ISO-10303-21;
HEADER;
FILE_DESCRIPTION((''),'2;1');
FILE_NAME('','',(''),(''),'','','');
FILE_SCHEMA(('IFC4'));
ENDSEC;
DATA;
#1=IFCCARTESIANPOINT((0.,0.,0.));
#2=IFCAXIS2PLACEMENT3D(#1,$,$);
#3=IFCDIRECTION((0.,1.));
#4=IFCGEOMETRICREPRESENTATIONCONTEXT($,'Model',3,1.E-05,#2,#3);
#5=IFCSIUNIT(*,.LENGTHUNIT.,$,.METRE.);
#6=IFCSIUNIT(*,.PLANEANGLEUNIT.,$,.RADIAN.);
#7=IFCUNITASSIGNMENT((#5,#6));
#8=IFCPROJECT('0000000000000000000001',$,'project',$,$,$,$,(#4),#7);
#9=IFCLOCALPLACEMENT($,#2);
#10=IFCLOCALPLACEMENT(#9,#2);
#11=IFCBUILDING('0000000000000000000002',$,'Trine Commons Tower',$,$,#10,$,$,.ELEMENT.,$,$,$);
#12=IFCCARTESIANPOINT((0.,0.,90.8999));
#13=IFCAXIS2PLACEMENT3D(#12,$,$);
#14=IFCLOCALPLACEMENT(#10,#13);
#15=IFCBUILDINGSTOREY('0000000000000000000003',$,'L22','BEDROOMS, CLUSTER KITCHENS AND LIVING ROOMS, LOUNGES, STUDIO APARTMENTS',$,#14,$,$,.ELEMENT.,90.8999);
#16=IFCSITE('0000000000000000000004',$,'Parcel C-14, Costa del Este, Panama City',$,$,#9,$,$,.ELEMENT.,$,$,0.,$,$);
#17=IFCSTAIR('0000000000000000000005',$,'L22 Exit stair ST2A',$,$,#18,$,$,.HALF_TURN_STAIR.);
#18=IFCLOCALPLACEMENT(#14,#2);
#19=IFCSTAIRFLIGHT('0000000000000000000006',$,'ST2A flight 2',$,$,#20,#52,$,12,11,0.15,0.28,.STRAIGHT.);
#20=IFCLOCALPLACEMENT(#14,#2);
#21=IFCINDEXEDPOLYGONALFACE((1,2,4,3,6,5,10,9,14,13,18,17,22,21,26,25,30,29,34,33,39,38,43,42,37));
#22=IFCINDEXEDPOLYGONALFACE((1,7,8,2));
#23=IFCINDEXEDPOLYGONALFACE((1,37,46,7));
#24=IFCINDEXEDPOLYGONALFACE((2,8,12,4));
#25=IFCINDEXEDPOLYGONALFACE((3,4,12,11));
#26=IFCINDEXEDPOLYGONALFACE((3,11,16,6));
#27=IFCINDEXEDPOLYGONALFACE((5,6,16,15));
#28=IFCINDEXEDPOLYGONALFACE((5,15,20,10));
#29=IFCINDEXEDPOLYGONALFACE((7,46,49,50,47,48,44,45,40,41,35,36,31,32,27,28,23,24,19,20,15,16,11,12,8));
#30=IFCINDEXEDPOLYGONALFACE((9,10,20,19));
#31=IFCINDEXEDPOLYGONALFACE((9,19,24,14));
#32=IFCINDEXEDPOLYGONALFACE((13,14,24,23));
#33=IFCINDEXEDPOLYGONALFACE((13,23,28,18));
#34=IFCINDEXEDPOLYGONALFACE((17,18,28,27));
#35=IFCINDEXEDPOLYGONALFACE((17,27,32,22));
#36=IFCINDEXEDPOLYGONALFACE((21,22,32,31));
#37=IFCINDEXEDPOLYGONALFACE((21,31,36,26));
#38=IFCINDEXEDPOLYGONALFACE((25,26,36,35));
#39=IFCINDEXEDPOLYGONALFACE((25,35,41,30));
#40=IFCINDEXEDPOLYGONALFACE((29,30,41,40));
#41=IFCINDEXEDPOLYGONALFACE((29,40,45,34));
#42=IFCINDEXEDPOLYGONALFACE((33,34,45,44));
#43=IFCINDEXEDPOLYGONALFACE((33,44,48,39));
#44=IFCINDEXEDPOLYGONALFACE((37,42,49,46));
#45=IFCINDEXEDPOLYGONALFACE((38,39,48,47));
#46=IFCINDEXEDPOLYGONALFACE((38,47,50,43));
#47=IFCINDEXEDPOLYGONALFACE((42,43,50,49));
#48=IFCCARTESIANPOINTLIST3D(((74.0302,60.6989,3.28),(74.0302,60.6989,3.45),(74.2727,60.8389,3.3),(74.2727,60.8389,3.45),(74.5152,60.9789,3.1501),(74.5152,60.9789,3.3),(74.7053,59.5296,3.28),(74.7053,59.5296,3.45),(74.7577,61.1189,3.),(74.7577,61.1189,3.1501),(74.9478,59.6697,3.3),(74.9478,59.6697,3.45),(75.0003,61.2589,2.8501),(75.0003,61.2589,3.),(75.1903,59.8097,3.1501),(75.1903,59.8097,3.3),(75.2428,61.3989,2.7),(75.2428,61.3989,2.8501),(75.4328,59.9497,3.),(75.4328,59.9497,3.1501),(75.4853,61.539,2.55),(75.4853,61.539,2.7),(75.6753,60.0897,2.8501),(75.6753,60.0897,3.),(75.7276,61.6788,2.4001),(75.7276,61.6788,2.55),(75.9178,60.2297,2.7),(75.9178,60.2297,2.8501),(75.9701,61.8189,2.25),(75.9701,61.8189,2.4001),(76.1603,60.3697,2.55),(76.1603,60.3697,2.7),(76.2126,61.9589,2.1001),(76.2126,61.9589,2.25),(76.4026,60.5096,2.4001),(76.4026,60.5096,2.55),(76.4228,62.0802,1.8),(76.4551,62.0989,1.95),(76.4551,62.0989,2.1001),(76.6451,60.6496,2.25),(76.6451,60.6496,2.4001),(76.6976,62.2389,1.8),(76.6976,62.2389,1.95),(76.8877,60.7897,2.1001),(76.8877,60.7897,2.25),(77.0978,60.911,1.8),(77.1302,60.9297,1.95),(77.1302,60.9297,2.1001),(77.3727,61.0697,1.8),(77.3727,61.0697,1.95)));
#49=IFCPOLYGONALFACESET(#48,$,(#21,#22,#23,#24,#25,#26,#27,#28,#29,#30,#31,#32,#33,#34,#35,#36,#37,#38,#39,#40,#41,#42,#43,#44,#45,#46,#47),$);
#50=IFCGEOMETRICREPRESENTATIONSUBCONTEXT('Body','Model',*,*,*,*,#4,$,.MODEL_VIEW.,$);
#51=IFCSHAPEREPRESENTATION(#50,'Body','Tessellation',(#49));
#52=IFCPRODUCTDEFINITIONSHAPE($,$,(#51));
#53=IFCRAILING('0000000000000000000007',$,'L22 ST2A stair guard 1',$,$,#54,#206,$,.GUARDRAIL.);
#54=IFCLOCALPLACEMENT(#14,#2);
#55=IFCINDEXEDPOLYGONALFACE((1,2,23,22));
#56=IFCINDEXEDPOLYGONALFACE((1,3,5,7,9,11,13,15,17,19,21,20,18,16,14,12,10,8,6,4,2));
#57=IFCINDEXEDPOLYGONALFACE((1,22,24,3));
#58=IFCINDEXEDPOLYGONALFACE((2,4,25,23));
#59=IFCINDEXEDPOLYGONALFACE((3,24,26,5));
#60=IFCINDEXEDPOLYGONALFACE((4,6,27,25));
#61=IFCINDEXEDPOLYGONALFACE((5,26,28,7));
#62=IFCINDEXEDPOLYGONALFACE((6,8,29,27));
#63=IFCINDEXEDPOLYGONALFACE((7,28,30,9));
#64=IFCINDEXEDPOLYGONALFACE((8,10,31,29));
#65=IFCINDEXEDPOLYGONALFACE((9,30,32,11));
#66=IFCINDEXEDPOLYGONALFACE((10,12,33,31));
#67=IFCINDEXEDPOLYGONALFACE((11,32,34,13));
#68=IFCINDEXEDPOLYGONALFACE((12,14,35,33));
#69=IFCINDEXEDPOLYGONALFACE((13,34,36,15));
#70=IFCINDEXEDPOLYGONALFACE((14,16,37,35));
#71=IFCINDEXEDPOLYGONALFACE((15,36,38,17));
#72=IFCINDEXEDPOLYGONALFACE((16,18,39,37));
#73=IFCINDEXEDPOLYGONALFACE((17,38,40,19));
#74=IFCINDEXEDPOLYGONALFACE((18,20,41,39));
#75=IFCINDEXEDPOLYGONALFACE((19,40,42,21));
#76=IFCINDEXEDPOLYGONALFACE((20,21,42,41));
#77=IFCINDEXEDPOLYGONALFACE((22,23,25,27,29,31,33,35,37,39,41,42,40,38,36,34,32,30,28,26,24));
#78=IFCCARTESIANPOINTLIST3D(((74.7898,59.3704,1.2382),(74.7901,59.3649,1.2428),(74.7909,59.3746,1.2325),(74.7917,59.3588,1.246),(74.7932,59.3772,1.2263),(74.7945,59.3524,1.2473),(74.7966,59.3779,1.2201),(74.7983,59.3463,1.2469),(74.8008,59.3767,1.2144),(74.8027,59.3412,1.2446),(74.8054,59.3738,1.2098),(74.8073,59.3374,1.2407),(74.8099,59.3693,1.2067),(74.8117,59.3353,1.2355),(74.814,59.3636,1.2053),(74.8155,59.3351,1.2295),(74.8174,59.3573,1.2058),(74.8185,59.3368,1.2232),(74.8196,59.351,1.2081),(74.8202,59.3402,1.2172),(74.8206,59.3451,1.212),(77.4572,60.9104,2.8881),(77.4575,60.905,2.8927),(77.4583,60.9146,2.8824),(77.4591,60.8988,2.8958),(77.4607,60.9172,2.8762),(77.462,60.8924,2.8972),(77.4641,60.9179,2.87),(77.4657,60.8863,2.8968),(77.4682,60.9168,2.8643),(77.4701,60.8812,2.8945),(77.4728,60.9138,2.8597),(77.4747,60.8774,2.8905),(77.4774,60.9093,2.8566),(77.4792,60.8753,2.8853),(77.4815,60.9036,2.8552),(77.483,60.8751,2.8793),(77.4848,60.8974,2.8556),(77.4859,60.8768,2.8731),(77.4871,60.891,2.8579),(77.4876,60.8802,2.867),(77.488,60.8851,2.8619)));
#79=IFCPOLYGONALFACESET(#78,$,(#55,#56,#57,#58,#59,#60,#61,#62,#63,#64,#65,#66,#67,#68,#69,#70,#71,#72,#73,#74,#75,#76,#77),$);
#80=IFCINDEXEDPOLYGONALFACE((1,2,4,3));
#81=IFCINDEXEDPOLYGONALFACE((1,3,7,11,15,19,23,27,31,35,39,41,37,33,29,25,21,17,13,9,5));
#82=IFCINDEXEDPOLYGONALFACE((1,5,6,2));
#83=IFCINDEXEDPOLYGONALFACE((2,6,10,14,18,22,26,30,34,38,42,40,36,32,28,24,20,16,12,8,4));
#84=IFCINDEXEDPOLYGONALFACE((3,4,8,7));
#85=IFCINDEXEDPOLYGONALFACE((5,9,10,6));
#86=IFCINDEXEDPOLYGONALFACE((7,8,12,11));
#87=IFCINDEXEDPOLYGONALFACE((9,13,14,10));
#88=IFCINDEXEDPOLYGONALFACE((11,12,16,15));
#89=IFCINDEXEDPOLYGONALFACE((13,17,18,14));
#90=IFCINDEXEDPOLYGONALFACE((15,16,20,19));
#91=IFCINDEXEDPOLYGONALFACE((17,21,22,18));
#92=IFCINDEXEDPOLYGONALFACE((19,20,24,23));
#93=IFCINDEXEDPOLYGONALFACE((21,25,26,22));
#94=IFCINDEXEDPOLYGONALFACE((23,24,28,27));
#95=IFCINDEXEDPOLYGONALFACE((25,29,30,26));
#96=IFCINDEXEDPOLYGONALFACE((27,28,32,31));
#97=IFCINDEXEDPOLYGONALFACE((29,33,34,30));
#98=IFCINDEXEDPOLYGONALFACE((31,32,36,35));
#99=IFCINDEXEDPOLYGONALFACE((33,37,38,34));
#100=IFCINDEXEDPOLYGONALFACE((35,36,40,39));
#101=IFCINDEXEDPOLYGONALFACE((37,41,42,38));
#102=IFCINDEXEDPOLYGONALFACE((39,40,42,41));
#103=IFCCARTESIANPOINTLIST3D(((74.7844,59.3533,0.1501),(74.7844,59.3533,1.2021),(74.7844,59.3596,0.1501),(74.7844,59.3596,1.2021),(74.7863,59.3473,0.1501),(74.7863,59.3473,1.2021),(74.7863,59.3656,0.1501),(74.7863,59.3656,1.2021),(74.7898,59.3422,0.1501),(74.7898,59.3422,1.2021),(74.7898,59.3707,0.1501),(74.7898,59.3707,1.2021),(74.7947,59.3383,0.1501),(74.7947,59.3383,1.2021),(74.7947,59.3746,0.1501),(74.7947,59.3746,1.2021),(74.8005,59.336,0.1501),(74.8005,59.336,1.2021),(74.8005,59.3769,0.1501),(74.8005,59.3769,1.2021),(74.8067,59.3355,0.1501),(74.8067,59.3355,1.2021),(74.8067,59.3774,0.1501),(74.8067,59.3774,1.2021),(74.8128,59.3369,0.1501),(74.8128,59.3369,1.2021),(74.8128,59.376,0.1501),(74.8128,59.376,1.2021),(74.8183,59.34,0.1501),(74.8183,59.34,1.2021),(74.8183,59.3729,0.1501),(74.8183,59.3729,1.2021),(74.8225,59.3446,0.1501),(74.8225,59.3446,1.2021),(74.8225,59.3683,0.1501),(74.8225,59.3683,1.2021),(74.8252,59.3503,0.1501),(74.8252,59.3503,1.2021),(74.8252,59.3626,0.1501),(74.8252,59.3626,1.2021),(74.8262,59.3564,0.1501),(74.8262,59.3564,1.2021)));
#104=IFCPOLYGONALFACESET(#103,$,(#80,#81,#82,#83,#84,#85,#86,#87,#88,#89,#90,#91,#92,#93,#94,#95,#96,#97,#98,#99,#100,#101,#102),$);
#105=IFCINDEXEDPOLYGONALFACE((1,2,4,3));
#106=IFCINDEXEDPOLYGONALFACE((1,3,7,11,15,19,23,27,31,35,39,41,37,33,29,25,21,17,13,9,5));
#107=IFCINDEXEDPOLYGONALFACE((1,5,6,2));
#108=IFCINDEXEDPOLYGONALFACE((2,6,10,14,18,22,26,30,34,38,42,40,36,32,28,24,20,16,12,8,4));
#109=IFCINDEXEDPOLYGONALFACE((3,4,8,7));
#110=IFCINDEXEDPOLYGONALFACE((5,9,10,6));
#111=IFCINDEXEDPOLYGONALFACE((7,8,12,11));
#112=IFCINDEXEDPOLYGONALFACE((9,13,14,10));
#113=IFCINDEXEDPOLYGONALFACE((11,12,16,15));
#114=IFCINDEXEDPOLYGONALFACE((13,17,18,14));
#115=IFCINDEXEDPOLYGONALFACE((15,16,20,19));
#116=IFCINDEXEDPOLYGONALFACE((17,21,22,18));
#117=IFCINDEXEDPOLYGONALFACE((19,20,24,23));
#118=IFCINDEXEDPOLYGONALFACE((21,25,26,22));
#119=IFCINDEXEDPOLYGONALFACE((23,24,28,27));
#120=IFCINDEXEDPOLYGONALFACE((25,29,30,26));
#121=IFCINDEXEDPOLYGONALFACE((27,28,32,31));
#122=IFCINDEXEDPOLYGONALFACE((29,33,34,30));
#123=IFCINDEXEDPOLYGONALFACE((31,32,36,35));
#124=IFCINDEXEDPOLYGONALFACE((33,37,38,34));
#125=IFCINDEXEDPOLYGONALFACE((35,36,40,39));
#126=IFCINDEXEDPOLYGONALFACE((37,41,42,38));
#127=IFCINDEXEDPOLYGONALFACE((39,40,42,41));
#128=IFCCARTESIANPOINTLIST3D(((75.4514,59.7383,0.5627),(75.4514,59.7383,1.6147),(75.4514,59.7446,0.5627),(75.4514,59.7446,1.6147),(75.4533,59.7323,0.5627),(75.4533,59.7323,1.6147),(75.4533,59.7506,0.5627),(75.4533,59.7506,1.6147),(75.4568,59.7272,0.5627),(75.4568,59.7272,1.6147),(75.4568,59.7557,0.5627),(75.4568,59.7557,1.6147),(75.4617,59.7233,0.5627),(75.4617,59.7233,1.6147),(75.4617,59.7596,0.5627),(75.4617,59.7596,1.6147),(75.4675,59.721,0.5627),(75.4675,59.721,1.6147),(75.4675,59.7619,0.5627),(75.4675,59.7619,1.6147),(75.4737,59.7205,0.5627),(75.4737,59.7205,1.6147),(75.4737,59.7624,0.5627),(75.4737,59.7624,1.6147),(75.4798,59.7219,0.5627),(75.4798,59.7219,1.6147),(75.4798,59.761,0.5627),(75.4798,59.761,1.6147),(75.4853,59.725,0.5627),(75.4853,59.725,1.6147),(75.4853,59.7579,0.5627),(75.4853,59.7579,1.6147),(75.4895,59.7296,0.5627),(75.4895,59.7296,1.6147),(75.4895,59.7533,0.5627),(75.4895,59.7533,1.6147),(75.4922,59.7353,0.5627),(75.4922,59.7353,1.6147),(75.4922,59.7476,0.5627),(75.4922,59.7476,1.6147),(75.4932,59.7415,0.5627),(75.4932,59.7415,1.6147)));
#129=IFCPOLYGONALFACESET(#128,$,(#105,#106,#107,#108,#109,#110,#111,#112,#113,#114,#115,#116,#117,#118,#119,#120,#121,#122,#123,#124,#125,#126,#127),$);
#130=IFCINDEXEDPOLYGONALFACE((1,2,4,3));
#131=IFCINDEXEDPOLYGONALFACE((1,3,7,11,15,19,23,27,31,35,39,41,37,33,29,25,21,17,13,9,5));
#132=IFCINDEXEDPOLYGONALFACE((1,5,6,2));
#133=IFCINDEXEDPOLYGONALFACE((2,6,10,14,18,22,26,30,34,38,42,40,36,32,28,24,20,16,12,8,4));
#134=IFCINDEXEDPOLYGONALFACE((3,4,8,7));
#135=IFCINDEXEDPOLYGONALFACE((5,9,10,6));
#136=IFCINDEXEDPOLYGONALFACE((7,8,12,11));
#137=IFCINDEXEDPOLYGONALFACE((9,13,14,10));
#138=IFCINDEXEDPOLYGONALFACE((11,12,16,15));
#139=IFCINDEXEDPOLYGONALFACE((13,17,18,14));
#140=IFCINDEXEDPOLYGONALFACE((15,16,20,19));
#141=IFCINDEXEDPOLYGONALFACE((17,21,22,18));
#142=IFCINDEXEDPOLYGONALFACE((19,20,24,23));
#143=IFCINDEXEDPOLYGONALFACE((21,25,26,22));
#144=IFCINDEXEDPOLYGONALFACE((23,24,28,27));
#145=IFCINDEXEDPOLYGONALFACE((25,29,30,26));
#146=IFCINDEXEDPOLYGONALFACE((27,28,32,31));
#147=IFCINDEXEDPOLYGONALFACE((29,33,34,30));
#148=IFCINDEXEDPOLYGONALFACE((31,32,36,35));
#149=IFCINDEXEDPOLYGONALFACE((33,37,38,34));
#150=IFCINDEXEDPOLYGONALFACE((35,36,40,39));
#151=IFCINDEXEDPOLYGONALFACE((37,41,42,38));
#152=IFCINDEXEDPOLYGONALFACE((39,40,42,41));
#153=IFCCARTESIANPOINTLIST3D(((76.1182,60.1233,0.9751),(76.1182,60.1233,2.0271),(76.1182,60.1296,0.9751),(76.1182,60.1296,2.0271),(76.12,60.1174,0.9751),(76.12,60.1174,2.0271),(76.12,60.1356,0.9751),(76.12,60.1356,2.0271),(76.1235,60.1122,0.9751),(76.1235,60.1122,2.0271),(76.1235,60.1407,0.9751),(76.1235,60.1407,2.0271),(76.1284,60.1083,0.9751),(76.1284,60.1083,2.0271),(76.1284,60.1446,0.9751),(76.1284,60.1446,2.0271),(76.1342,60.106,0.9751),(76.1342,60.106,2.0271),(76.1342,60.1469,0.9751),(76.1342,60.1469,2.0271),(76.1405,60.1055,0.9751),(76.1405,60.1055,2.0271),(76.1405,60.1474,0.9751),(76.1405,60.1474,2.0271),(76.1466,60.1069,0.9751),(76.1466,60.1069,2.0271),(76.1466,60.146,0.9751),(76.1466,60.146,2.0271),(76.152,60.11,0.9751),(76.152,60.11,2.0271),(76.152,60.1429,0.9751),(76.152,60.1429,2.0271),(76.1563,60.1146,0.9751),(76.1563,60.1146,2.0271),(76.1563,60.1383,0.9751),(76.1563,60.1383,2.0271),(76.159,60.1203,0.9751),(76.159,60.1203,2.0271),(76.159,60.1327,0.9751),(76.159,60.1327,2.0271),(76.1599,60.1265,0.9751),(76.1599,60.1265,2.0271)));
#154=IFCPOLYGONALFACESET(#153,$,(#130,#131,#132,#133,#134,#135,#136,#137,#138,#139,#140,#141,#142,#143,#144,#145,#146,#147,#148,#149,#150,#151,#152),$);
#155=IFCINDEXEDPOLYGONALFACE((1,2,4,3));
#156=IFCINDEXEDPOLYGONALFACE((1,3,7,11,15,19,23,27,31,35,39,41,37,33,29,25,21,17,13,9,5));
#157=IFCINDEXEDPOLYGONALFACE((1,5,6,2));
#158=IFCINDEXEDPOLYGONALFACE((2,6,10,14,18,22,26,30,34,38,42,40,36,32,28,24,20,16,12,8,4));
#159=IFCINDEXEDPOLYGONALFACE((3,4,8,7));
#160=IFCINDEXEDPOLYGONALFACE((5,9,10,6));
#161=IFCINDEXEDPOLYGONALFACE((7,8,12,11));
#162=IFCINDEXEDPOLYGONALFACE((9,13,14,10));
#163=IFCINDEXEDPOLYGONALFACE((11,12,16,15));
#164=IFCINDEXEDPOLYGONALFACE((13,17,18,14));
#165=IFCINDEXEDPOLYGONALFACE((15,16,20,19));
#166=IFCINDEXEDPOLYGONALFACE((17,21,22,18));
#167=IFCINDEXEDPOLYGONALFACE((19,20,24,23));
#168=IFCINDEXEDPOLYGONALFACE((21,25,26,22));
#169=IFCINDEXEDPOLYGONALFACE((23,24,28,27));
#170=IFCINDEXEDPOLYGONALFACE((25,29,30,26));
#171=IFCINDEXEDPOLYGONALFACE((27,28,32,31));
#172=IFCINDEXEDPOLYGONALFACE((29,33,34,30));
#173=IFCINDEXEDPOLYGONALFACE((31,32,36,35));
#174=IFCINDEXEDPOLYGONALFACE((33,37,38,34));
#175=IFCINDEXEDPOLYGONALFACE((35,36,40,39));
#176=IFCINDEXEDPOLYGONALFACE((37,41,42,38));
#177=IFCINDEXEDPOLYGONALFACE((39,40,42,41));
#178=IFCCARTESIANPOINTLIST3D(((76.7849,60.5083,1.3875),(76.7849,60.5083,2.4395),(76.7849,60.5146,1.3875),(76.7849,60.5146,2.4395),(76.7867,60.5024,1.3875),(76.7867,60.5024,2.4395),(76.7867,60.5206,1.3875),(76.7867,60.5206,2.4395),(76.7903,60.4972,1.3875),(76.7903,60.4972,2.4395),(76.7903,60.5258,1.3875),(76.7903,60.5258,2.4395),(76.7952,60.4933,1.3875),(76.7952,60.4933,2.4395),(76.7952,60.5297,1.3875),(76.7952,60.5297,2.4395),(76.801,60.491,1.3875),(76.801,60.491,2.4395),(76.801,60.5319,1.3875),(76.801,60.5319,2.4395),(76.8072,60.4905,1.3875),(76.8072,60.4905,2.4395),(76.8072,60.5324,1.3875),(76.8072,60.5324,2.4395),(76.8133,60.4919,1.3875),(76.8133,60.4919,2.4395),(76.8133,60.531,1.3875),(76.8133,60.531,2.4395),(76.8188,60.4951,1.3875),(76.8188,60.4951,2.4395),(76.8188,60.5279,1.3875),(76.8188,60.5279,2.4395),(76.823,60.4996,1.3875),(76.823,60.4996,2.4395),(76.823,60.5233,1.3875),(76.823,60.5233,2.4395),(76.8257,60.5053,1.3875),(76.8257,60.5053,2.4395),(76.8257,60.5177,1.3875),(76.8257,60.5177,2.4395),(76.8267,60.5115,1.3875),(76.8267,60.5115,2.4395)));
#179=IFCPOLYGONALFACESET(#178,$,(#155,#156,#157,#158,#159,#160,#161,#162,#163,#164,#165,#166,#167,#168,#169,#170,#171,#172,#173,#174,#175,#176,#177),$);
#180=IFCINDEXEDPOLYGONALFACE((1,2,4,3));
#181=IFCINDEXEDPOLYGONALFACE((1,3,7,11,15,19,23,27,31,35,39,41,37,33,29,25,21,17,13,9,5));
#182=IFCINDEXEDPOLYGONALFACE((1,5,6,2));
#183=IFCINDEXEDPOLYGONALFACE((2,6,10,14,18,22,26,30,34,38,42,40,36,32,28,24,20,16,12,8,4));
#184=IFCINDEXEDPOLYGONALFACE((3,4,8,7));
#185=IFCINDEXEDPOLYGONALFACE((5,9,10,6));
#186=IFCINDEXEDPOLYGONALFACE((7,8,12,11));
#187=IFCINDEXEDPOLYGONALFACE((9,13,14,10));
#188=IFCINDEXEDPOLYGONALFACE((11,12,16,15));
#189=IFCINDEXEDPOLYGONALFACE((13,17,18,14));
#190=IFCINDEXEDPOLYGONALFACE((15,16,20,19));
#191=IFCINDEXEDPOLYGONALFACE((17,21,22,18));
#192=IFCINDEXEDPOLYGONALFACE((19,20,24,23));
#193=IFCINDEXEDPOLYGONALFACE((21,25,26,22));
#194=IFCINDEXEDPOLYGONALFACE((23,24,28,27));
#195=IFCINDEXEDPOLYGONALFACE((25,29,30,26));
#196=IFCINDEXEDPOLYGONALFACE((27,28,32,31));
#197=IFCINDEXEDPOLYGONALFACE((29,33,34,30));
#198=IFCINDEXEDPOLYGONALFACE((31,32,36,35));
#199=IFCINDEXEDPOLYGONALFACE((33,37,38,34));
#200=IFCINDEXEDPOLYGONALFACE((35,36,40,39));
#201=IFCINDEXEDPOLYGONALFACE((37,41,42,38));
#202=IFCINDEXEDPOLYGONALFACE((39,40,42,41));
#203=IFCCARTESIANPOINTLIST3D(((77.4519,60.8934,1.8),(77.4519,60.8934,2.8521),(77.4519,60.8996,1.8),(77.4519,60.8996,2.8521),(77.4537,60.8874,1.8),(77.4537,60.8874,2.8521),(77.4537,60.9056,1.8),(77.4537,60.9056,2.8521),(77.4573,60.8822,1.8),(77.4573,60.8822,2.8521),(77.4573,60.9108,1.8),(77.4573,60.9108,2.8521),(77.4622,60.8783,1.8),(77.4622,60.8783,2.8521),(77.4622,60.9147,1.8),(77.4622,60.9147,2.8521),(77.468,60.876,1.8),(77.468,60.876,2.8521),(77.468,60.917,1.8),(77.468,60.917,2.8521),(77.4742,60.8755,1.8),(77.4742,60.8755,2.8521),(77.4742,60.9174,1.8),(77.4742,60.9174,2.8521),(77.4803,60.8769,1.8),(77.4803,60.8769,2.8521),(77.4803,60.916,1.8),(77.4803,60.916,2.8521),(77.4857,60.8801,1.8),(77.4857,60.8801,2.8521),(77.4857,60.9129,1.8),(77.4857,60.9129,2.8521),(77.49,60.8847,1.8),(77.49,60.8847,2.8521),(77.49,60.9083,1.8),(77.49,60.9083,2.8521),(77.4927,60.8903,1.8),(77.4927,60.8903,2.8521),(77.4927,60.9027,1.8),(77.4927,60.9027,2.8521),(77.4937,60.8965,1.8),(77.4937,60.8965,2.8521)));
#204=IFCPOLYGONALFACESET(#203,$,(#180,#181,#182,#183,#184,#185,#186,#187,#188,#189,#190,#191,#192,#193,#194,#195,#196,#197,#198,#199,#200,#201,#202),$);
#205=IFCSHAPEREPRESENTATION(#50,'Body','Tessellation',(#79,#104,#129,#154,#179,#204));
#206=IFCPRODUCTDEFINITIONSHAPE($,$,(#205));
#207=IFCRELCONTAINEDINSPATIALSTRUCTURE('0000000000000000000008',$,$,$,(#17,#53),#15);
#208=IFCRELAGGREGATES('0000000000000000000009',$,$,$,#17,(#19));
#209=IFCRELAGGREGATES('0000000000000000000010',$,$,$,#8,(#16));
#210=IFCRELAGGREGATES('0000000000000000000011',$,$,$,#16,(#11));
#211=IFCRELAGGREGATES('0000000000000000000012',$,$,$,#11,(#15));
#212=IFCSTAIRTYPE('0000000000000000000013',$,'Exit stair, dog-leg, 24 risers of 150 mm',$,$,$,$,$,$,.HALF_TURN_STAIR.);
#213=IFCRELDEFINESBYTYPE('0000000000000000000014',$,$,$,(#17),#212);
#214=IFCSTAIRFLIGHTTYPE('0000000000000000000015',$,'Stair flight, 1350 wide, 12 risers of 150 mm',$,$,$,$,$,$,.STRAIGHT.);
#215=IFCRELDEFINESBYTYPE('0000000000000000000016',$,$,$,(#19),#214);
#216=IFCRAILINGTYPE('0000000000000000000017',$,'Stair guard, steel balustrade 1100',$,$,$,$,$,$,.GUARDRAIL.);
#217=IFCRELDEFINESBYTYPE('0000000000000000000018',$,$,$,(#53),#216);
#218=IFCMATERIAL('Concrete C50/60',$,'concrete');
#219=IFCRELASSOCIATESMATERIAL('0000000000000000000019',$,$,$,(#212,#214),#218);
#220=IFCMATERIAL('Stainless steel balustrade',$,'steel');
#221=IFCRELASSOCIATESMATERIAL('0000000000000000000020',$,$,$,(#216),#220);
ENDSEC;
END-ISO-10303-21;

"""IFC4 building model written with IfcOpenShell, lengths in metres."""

from ifc_helpers import new_model, si_unit, direction, frame, origin, origin_2d, place, context, subcontext, project, spatial, polyline, circle, outline, extrude, material, type_object, element, aggregate, save


model = new_model("IFC4")

# Units and contexts
model_context = context("Model", 3, precision=1e-05, world=origin(), true_north=direction((0.0, 1.0)))
body_context = subcontext(model_context, "Body", "Model", "MODEL_VIEW")
ifc_project = project(units=[si_unit("LENGTHUNIT", "METRE"), si_unit("PLANEANGLEUNIT", "RADIAN")], contexts=[model_context])

# Site, building, storey
site_placement = place(None, origin())
site = spatial("IfcSite", under=ifc_project, at=site_placement, Name="Parcel C-14, Costa del Este, Panama City", CompositionType="ELEMENT", RefElevation=0.0)
building_placement = place(site_placement, origin())
building = spatial("IfcBuilding", under=site, at=building_placement, Name="Trine Commons Tower", CompositionType="ELEMENT")
storey_placement = place(building_placement, frame((0.0, 0.0, 90.8999)))
storey = spatial("IfcBuildingStorey", under=building, at=storey_placement, Name="L22", Description="BEDROOMS, CLUSTER KITCHENS AND LIVING ROOMS, LOUNGES, STUDIO APARTMENTS", CompositionType="ELEMENT", Elevation=90.8999)

# Stair, stair flight
ifc_material_1 = material(Name="Concrete C50/60", Category="concrete")
stair_type = type_object("IfcStairType", Name="Exit stair, dog-leg, 24 risers of 150 mm", PredefinedType="HALF_TURN_STAIR", material=ifc_material_1)
stair_placement = place(storey_placement, origin())
stair = element("IfcStair", 1, at=stair_placement, inside=storey, type_object=stair_type, Name="L22 Exit stair ST2A", PredefinedType="HALF_TURN_STAIR")
stair_flight_type = type_object("IfcStairFlightType", Name="Stair flight, 1350 wide, 12 risers of 150 mm", PredefinedType="STRAIGHT", material=ifc_material_1)
stair_flight_1_placement = place(storey_placement, frame((77.0352, 61.6543, 1.8), z_axis=(0.0, 0.0, 1.0), x_axis=(-0.866025, -0.5, 0.0)))
stair_flight_1 = element("IfcStairFlight", 2, at=stair_flight_1_placement, type_object=stair_flight_type, Name="ST2A flight 2", NumberOfRisers=12, NumberOfTreads=11, PredefinedType="STRAIGHT", RiserHeight=0.15, TreadLength=0.28, context=body_context, shape_type="SweptSolid", body=[
    extrude(outline(polyline([(0.0, 0.0), (0.0, 0.1499), (0.28, 0.1499), (0.28, 0.3), (0.5601, 0.3), (0.5601, 0.45), (0.8401, 0.45), (0.8401, 0.6001), (1.1201, 0.6001), (1.1201, 0.75), (1.3999, 0.75), (1.3999, 0.8999), (1.6799, 0.8999), (1.6799, 1.05), (1.96, 1.05), (1.96, 1.2), (2.24, 1.2), (2.24, 1.3501), (2.52, 1.3501), (2.52, 1.5), (2.8, 1.5), (2.8, 1.6499), (3.0801, 1.6499), (3.0801, 1.8), (3.0801, 1.48), (0.3174, 0.0), (0.0, 0.0)])), frame((0.0, 0.675, 0.0), z_axis=(0.0, -1.0, 0.0), x_axis=(1.0, 0.0, 0.0)), (0.0, 0.0, 1.0), 1.3501),
])
aggregate(stair, [stair_flight_1])

# Railing
ifc_material_2 = material(Name="Stainless steel balustrade", Category="steel")
railing_type_1 = type_object("IfcRailingType", Name="Stair guard, steel balustrade 1100", PredefinedType="GUARDRAIL", material=ifc_material_2)
railing_1_placement = place(storey_placement, frame((74.8052, 59.3564, 0.1501)))
element("IfcRailing", 3, at=railing_1_placement, inside=storey, type_object=railing_type_1, Name="L22 ST2A stair guard 1", PredefinedType="GUARDRAIL", context=body_context, shape_type="SweptSolid", body=[
    extrude(circle(Radius=0.0239, at=origin_2d()), frame((0.0, 0.0, 1.0762), z_axis=(0.763405, 0.440743, 0.472185), x_axis=(-0.499992, 0.86603, 0.0)), (0.0, 0.0, 1.0), 3.4941),
    extrude(circle(Radius=0.021, at=origin_2d()), origin(), (0.0, 0.0, 1.0), 1.052),
    extrude(circle(Radius=0.021, at=origin_2d()), frame((0.667, 0.385, 0.4126)), (0.0, 0.0, 1.0), 1.052),
    extrude(circle(Radius=0.021, at=origin_2d()), frame((1.3337, 0.77, 0.825)), (0.0, 0.0, 1.0), 1.052),
    extrude(circle(Radius=0.021, at=origin_2d()), frame((2.0005, 1.155, 1.2373)), (0.0, 0.0, 1.0), 1.052),
    extrude(circle(Radius=0.021, at=origin_2d()), frame((2.6675, 1.54, 1.6499)), (0.0, 0.0, 1.0), 1.052),
])

save(model, "model.ifc")
